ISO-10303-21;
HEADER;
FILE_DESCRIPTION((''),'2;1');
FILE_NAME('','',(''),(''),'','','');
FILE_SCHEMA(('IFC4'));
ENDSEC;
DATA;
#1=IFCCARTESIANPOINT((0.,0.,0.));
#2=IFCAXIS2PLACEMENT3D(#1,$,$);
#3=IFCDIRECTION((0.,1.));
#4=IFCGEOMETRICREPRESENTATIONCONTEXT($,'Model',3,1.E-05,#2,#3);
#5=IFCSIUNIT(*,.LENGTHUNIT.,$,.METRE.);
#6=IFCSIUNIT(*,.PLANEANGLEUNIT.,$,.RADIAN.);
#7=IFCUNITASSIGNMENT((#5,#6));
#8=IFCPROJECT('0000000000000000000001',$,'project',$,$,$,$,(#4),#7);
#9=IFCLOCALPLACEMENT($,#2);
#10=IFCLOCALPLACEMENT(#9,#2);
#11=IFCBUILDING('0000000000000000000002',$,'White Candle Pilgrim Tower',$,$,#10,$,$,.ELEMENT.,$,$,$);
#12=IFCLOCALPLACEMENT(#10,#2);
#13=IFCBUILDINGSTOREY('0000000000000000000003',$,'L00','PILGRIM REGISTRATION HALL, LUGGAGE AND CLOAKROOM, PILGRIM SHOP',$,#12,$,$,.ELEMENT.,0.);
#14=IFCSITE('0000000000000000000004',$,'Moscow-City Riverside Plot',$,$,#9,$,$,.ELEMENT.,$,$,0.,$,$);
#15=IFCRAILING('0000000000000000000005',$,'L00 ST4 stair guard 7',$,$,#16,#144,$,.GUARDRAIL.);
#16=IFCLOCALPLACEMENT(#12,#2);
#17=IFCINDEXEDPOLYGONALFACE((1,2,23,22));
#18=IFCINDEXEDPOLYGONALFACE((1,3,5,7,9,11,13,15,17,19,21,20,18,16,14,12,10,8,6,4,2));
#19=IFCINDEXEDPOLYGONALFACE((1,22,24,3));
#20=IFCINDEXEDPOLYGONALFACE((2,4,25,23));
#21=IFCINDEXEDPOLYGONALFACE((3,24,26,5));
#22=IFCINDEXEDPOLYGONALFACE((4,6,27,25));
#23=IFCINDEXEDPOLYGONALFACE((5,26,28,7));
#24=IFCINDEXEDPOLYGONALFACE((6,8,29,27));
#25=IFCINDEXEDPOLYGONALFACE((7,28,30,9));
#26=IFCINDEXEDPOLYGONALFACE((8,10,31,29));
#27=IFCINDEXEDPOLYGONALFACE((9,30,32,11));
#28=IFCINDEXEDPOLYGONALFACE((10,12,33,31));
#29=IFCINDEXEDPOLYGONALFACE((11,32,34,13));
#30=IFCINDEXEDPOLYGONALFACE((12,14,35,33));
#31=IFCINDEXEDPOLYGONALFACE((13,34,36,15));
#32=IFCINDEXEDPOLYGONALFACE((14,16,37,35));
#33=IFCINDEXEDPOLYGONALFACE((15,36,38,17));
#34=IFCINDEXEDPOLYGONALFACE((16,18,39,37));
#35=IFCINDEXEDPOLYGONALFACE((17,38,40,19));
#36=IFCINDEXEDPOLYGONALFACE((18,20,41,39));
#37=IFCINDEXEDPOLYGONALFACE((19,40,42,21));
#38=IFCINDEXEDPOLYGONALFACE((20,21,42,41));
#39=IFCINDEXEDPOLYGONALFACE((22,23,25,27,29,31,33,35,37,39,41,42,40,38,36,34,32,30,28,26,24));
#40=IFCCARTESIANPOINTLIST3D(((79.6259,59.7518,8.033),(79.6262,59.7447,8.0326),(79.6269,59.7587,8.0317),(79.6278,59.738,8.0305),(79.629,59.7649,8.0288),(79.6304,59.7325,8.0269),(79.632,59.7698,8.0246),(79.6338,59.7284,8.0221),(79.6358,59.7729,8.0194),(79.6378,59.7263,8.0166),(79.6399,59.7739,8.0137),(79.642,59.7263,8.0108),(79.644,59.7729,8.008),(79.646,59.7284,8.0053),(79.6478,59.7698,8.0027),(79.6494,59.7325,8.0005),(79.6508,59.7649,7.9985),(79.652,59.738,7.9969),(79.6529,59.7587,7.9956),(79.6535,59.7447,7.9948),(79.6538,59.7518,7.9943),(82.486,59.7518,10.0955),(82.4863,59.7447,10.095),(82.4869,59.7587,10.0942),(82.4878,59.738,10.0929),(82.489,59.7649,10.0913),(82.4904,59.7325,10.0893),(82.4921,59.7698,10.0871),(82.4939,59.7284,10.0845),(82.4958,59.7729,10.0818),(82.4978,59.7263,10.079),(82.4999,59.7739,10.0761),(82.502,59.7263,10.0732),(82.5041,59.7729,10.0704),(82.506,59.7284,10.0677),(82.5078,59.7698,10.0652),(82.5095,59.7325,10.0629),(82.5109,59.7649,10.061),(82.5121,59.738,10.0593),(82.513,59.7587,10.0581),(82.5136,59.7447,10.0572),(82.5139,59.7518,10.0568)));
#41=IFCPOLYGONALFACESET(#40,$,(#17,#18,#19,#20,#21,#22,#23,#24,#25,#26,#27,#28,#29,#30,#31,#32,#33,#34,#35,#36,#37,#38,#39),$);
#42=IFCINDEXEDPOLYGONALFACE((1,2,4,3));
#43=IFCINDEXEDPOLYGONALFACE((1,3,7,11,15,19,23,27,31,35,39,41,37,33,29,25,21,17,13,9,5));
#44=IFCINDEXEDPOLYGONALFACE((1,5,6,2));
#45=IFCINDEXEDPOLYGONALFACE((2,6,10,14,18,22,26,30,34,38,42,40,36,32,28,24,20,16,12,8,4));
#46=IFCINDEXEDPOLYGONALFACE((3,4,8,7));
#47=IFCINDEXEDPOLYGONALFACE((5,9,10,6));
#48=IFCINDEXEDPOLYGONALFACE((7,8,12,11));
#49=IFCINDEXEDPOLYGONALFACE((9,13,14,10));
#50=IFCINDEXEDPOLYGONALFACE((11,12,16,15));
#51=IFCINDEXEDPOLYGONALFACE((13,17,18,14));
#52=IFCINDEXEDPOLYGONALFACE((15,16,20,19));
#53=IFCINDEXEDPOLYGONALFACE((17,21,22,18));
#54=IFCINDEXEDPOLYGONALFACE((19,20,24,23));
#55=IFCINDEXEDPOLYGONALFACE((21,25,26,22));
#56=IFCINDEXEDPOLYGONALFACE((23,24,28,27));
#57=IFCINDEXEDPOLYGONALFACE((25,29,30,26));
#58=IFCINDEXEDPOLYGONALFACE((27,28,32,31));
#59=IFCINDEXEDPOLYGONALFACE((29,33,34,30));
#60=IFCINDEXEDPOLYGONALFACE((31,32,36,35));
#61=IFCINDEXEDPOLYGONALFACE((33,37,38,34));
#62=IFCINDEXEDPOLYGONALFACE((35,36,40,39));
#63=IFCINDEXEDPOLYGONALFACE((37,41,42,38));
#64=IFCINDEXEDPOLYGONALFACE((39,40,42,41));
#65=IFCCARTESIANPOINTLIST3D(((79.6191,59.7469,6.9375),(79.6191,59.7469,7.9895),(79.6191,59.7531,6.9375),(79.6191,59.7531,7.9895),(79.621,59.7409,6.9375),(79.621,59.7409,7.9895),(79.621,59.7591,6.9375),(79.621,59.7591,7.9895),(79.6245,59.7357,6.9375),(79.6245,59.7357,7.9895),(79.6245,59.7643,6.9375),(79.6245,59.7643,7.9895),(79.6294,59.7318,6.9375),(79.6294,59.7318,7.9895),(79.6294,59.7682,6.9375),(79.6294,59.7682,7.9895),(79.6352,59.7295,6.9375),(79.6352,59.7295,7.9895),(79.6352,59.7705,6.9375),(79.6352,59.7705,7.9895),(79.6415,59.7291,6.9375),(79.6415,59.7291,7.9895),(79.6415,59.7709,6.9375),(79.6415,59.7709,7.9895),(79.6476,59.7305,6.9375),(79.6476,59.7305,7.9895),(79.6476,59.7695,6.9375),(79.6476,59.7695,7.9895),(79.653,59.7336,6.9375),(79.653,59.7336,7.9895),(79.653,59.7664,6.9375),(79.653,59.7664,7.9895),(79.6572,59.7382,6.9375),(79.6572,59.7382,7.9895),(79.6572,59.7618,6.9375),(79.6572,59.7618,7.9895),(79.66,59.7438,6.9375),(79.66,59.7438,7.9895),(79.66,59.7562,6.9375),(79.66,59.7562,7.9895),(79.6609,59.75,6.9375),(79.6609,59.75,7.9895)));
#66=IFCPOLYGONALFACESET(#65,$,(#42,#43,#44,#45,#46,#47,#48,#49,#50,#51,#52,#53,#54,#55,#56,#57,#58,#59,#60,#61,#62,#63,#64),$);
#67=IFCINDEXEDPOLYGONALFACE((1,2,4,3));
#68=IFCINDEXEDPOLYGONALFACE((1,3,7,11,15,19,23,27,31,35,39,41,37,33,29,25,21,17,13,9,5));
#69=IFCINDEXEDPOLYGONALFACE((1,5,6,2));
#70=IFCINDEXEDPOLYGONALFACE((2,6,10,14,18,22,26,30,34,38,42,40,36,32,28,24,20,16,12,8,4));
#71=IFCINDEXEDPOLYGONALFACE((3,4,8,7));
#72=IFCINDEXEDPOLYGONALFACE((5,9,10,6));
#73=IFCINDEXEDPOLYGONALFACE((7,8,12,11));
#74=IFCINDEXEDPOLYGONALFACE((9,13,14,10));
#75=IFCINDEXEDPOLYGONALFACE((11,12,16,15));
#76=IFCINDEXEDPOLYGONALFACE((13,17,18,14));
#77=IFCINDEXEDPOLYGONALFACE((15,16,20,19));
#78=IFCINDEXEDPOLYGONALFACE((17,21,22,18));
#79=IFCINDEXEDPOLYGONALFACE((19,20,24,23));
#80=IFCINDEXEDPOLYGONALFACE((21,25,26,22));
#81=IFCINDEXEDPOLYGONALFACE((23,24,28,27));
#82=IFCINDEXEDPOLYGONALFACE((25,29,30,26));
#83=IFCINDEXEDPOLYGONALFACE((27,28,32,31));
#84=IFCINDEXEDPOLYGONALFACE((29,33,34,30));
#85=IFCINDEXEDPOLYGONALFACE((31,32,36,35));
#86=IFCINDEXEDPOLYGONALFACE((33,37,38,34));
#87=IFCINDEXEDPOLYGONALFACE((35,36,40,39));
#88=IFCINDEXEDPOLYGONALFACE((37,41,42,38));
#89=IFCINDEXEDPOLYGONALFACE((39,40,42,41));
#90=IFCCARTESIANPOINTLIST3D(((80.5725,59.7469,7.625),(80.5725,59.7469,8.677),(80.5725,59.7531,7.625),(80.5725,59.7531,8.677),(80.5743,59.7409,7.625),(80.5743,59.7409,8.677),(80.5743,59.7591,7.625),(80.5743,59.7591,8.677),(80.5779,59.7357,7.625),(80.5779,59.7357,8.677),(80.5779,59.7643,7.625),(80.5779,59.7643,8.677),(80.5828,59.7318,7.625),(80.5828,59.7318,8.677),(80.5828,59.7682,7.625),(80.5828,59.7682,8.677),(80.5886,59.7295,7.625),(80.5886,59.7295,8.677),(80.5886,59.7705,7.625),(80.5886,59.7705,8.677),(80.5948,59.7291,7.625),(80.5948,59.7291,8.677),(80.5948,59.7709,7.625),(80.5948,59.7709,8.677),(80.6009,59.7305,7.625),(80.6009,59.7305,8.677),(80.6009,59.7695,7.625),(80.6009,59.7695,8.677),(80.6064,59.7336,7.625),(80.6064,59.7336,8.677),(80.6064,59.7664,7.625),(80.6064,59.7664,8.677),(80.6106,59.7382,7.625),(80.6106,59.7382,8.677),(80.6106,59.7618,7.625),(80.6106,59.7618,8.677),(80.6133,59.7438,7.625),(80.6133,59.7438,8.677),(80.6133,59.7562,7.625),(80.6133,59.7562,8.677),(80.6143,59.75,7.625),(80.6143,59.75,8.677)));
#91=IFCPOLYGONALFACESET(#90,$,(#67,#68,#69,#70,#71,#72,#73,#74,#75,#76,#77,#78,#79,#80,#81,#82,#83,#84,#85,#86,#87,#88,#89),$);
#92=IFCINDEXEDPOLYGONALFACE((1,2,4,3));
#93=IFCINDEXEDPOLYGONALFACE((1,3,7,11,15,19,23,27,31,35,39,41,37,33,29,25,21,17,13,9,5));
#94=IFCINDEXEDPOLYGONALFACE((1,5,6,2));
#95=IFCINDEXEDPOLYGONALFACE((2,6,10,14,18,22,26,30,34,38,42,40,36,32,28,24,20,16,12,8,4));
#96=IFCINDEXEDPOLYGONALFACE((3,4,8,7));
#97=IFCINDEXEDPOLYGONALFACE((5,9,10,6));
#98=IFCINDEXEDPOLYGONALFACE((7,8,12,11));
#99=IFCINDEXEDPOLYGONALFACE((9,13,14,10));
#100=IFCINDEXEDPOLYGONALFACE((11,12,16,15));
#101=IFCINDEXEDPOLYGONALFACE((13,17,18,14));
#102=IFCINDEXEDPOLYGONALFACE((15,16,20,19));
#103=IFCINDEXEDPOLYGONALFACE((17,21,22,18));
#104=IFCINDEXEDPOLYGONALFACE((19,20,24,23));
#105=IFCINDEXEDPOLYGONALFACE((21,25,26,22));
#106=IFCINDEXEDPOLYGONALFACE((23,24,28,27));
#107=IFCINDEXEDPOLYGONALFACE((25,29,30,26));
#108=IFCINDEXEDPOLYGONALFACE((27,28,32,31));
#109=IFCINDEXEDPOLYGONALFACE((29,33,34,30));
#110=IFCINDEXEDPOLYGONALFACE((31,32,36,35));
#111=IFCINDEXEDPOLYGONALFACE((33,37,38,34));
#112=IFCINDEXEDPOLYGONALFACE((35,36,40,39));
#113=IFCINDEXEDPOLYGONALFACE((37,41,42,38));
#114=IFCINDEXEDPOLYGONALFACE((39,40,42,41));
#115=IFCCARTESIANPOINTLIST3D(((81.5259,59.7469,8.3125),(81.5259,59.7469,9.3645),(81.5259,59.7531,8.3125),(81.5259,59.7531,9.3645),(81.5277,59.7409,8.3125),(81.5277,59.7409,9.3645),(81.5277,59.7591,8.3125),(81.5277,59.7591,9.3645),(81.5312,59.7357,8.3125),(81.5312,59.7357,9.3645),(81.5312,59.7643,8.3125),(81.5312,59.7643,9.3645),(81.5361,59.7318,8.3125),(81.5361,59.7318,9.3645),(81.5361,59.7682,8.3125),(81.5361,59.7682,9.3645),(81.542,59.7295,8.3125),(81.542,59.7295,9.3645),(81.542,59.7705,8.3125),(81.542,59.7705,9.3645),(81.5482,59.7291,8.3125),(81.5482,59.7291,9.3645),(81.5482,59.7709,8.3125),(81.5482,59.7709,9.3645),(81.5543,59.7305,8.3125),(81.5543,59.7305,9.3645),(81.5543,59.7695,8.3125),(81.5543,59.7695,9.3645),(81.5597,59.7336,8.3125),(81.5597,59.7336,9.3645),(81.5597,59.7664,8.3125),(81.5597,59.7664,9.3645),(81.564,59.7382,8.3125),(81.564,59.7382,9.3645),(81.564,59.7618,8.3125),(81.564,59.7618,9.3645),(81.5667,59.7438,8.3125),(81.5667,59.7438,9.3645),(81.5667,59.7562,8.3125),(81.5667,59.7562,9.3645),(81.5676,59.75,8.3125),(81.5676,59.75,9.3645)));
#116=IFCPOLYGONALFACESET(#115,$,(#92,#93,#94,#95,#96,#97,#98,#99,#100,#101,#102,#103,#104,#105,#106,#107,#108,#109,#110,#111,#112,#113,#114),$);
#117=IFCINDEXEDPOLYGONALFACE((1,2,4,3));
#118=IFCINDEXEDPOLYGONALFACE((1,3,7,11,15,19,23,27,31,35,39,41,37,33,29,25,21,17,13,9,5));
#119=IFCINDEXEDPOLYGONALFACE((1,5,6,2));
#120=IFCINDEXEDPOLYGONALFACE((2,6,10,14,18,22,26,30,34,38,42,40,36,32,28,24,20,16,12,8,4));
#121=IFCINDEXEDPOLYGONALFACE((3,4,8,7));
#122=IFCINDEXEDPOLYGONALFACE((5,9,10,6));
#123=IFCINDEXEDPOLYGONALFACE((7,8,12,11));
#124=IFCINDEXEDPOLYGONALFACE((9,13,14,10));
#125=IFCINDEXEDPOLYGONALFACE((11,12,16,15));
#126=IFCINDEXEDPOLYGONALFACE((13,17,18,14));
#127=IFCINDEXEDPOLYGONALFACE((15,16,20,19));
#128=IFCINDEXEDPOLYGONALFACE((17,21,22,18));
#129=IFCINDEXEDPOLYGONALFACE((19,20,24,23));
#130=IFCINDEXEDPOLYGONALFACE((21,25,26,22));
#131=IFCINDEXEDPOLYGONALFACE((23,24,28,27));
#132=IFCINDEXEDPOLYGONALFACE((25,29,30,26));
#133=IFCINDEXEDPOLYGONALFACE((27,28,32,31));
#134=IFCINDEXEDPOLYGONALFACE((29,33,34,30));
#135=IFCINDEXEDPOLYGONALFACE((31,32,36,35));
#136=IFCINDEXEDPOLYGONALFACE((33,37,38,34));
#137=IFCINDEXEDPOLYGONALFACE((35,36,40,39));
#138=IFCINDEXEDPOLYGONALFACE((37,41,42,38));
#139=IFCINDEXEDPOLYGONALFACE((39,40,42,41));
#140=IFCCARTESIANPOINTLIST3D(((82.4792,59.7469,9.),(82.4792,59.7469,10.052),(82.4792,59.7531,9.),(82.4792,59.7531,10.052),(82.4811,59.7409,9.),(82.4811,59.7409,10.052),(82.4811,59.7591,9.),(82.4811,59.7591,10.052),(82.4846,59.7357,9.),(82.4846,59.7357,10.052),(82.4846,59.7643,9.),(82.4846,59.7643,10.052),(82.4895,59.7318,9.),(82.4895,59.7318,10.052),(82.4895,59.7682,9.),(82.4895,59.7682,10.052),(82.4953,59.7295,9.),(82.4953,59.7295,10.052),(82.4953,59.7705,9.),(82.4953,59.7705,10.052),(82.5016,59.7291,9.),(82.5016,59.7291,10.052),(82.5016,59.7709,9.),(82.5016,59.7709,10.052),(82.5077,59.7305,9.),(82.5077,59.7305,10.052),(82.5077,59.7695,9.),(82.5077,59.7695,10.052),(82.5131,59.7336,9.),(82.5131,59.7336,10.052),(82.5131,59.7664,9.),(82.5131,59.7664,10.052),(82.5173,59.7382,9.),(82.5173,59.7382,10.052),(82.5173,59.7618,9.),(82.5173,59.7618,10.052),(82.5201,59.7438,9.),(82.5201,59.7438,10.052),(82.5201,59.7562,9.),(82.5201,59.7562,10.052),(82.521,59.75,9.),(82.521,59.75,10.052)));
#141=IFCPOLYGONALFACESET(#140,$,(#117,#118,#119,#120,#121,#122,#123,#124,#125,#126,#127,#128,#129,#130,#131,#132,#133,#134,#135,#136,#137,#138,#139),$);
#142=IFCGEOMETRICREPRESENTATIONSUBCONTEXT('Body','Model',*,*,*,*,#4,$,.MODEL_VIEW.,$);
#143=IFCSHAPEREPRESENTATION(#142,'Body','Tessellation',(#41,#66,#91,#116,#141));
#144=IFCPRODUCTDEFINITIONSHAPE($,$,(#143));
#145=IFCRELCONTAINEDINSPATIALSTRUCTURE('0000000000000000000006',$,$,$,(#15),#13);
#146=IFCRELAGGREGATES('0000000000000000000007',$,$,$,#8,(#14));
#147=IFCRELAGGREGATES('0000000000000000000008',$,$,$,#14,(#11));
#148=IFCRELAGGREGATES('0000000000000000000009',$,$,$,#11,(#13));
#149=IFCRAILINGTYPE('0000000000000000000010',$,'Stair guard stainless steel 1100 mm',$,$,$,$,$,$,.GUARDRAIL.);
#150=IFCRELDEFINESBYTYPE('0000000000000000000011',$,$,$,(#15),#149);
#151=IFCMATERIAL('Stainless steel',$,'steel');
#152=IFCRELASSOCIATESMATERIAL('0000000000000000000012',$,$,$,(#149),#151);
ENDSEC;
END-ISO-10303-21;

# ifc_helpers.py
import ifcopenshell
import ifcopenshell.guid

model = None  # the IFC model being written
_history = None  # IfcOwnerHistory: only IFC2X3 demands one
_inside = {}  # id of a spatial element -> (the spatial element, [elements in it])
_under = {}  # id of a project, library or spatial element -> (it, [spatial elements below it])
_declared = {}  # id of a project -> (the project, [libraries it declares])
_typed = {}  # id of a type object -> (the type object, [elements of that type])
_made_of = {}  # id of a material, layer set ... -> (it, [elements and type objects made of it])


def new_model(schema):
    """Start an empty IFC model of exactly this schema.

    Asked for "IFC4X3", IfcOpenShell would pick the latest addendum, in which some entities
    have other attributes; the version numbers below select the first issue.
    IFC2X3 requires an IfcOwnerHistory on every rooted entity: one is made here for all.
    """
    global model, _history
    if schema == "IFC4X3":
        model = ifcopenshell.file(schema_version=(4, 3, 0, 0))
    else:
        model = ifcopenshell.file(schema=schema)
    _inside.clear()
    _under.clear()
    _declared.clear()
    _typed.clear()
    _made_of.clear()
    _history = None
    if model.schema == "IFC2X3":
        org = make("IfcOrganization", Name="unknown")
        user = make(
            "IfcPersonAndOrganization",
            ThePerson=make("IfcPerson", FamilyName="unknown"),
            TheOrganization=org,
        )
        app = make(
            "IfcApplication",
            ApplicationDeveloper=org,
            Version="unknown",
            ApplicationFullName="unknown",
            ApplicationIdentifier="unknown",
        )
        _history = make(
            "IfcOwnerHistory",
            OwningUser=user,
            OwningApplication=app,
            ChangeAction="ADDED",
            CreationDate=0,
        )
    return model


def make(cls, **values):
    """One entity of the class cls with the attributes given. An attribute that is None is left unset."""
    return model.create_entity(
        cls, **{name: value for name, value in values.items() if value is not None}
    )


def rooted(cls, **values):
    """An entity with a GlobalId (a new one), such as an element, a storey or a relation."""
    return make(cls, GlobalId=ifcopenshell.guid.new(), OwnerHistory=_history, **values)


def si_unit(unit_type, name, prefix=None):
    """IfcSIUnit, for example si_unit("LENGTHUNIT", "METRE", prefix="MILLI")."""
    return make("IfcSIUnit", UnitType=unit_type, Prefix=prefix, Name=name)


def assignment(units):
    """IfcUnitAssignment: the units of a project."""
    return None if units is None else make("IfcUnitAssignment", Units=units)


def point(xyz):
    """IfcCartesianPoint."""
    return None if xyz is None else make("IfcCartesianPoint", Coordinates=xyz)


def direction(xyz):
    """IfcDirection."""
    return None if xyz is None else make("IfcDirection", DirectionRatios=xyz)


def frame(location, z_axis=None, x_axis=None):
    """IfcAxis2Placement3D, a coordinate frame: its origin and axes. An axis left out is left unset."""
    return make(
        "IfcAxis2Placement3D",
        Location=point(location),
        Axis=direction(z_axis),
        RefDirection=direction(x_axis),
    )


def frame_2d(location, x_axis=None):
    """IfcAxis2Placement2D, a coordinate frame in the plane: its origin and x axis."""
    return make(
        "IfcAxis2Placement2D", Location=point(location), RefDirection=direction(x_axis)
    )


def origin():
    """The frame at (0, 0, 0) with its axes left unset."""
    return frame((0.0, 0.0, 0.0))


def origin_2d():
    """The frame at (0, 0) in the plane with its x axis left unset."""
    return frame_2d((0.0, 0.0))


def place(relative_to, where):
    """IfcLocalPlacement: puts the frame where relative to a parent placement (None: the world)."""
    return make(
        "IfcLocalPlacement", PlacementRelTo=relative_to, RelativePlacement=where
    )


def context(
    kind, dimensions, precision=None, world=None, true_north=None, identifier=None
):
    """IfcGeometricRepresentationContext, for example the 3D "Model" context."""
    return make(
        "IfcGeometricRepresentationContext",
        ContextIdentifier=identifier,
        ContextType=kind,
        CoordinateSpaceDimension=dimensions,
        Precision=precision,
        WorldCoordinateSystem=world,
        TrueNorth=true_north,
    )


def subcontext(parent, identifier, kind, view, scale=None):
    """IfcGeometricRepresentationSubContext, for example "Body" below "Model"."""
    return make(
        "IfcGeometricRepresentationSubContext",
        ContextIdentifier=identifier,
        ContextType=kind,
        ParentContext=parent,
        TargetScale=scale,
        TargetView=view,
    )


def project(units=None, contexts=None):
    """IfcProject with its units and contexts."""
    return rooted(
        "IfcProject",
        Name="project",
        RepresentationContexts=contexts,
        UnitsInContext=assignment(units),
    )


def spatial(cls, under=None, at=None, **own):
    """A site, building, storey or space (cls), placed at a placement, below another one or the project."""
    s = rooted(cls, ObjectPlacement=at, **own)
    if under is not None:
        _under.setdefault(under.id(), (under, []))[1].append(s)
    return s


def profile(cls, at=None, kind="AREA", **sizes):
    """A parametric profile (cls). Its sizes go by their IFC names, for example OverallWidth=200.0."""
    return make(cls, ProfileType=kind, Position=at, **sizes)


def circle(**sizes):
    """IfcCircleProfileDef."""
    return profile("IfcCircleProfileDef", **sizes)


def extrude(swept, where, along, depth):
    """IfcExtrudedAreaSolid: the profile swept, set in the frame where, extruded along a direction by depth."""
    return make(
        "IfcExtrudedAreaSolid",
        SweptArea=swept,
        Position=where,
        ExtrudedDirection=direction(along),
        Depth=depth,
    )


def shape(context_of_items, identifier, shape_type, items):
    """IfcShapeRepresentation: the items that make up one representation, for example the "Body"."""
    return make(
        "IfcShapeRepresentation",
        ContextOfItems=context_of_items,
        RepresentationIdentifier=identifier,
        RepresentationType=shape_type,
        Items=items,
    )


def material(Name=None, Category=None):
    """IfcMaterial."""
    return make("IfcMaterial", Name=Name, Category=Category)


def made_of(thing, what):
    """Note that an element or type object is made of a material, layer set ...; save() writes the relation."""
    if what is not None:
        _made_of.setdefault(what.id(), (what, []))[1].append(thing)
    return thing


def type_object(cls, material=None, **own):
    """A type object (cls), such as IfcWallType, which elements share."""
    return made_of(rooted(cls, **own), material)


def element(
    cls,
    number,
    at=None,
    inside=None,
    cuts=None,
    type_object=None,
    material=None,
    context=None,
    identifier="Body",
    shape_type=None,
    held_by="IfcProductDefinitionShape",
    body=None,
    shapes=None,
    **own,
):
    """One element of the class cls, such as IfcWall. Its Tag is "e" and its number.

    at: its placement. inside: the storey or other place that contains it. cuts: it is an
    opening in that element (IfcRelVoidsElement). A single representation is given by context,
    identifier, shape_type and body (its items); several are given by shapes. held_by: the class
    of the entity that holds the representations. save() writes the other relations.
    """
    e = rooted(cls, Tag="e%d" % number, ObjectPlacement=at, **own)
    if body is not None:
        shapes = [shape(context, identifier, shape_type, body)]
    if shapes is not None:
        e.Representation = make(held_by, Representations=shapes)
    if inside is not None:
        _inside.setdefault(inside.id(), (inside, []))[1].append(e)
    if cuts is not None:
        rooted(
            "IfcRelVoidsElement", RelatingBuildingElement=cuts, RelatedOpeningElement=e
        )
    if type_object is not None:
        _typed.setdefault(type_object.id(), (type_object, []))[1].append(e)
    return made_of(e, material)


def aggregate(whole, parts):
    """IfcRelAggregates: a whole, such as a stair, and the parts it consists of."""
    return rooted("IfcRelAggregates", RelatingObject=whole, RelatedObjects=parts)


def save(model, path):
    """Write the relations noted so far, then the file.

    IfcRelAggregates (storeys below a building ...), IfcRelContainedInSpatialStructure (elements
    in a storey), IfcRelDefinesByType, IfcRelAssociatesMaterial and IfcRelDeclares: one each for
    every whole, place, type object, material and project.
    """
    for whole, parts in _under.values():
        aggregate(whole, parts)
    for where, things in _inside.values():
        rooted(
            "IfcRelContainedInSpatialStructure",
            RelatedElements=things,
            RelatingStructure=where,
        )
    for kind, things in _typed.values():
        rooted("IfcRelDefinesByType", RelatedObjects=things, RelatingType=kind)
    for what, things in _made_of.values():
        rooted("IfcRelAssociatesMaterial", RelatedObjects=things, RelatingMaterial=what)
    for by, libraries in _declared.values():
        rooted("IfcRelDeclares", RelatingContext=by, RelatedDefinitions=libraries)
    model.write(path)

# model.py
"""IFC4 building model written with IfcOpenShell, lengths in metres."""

from ifc_helpers import new_model, si_unit, direction, frame, origin, origin_2d, place, context, subcontext, project, spatial, circle, extrude, material, type_object, element, save


model = new_model("IFC4")

# Units and contexts
model_context = context("Model", 3, precision=1e-05, world=origin(), true_north=direction((0.0, 1.0)))
body_context = subcontext(model_context, "Body", "Model", "MODEL_VIEW")
ifc_project = project(units=[si_unit("LENGTHUNIT", "METRE"), si_unit("PLANEANGLEUNIT", "RADIAN")], contexts=[model_context])

# Site, building, storey
site_placement = place(None, origin())
site = spatial("IfcSite", under=ifc_project, at=site_placement, Name="Moscow-City Riverside Plot", CompositionType="ELEMENT", RefElevation=0.0)
building_placement = place(site_placement, origin())
building = spatial("IfcBuilding", under=site, at=building_placement, Name="White Candle Pilgrim Tower", CompositionType="ELEMENT")
storey_placement = place(building_placement, origin())
storey = spatial("IfcBuildingStorey", under=building, at=storey_placement, Name="L00", Description="PILGRIM REGISTRATION HALL, LUGGAGE AND CLOAKROOM, PILGRIM SHOP", CompositionType="ELEMENT", Elevation=0.0)

# Railing
ifc_material_1 = material(Name="Stainless steel", Category="steel")
railing_type_1 = type_object("IfcRailingType", Name="Stair guard stainless steel 1100 mm", PredefinedType="GUARDRAIL", material=ifc_material_1)
railing_1_placement = place(storey_placement, frame((79.6399, 59.75, 6.9375)))
element("IfcRailing", 1, at=railing_1_placement, inside=storey, type_object=railing_type_1, Name="L00 ST4 stair guard 7", PredefinedType="GUARDRAIL", context=body_context, shape_type="SweptSolid", body=[
    extrude(circle(Radius=0.0239, at=origin_2d()), frame((0.0, 0.0, 1.0762), z_axis=(0.811101, 0.0, 0.584906), x_axis=(0.0, 1.0, 0.0)), (0.0, 0.0, 1.0), 3.5261),
    extrude(circle(Radius=0.021, at=origin_2d()), origin(), (0.0, 0.0, 1.0), 1.052),
    extrude(circle(Radius=0.021, at=origin_2d()), frame((0.9534, 0.0, 0.6875)), (0.0, 0.0, 1.0), 1.052),
    extrude(circle(Radius=0.021, at=origin_2d()), frame((1.9067, 0.0, 1.375)), (0.0, 0.0, 1.0), 1.052),
    extrude(circle(Radius=0.021, at=origin_2d()), frame((2.8601, 0.0, 2.0625)), (0.0, 0.0, 1.0), 1.052),
])

save(model, "model.ifc")
